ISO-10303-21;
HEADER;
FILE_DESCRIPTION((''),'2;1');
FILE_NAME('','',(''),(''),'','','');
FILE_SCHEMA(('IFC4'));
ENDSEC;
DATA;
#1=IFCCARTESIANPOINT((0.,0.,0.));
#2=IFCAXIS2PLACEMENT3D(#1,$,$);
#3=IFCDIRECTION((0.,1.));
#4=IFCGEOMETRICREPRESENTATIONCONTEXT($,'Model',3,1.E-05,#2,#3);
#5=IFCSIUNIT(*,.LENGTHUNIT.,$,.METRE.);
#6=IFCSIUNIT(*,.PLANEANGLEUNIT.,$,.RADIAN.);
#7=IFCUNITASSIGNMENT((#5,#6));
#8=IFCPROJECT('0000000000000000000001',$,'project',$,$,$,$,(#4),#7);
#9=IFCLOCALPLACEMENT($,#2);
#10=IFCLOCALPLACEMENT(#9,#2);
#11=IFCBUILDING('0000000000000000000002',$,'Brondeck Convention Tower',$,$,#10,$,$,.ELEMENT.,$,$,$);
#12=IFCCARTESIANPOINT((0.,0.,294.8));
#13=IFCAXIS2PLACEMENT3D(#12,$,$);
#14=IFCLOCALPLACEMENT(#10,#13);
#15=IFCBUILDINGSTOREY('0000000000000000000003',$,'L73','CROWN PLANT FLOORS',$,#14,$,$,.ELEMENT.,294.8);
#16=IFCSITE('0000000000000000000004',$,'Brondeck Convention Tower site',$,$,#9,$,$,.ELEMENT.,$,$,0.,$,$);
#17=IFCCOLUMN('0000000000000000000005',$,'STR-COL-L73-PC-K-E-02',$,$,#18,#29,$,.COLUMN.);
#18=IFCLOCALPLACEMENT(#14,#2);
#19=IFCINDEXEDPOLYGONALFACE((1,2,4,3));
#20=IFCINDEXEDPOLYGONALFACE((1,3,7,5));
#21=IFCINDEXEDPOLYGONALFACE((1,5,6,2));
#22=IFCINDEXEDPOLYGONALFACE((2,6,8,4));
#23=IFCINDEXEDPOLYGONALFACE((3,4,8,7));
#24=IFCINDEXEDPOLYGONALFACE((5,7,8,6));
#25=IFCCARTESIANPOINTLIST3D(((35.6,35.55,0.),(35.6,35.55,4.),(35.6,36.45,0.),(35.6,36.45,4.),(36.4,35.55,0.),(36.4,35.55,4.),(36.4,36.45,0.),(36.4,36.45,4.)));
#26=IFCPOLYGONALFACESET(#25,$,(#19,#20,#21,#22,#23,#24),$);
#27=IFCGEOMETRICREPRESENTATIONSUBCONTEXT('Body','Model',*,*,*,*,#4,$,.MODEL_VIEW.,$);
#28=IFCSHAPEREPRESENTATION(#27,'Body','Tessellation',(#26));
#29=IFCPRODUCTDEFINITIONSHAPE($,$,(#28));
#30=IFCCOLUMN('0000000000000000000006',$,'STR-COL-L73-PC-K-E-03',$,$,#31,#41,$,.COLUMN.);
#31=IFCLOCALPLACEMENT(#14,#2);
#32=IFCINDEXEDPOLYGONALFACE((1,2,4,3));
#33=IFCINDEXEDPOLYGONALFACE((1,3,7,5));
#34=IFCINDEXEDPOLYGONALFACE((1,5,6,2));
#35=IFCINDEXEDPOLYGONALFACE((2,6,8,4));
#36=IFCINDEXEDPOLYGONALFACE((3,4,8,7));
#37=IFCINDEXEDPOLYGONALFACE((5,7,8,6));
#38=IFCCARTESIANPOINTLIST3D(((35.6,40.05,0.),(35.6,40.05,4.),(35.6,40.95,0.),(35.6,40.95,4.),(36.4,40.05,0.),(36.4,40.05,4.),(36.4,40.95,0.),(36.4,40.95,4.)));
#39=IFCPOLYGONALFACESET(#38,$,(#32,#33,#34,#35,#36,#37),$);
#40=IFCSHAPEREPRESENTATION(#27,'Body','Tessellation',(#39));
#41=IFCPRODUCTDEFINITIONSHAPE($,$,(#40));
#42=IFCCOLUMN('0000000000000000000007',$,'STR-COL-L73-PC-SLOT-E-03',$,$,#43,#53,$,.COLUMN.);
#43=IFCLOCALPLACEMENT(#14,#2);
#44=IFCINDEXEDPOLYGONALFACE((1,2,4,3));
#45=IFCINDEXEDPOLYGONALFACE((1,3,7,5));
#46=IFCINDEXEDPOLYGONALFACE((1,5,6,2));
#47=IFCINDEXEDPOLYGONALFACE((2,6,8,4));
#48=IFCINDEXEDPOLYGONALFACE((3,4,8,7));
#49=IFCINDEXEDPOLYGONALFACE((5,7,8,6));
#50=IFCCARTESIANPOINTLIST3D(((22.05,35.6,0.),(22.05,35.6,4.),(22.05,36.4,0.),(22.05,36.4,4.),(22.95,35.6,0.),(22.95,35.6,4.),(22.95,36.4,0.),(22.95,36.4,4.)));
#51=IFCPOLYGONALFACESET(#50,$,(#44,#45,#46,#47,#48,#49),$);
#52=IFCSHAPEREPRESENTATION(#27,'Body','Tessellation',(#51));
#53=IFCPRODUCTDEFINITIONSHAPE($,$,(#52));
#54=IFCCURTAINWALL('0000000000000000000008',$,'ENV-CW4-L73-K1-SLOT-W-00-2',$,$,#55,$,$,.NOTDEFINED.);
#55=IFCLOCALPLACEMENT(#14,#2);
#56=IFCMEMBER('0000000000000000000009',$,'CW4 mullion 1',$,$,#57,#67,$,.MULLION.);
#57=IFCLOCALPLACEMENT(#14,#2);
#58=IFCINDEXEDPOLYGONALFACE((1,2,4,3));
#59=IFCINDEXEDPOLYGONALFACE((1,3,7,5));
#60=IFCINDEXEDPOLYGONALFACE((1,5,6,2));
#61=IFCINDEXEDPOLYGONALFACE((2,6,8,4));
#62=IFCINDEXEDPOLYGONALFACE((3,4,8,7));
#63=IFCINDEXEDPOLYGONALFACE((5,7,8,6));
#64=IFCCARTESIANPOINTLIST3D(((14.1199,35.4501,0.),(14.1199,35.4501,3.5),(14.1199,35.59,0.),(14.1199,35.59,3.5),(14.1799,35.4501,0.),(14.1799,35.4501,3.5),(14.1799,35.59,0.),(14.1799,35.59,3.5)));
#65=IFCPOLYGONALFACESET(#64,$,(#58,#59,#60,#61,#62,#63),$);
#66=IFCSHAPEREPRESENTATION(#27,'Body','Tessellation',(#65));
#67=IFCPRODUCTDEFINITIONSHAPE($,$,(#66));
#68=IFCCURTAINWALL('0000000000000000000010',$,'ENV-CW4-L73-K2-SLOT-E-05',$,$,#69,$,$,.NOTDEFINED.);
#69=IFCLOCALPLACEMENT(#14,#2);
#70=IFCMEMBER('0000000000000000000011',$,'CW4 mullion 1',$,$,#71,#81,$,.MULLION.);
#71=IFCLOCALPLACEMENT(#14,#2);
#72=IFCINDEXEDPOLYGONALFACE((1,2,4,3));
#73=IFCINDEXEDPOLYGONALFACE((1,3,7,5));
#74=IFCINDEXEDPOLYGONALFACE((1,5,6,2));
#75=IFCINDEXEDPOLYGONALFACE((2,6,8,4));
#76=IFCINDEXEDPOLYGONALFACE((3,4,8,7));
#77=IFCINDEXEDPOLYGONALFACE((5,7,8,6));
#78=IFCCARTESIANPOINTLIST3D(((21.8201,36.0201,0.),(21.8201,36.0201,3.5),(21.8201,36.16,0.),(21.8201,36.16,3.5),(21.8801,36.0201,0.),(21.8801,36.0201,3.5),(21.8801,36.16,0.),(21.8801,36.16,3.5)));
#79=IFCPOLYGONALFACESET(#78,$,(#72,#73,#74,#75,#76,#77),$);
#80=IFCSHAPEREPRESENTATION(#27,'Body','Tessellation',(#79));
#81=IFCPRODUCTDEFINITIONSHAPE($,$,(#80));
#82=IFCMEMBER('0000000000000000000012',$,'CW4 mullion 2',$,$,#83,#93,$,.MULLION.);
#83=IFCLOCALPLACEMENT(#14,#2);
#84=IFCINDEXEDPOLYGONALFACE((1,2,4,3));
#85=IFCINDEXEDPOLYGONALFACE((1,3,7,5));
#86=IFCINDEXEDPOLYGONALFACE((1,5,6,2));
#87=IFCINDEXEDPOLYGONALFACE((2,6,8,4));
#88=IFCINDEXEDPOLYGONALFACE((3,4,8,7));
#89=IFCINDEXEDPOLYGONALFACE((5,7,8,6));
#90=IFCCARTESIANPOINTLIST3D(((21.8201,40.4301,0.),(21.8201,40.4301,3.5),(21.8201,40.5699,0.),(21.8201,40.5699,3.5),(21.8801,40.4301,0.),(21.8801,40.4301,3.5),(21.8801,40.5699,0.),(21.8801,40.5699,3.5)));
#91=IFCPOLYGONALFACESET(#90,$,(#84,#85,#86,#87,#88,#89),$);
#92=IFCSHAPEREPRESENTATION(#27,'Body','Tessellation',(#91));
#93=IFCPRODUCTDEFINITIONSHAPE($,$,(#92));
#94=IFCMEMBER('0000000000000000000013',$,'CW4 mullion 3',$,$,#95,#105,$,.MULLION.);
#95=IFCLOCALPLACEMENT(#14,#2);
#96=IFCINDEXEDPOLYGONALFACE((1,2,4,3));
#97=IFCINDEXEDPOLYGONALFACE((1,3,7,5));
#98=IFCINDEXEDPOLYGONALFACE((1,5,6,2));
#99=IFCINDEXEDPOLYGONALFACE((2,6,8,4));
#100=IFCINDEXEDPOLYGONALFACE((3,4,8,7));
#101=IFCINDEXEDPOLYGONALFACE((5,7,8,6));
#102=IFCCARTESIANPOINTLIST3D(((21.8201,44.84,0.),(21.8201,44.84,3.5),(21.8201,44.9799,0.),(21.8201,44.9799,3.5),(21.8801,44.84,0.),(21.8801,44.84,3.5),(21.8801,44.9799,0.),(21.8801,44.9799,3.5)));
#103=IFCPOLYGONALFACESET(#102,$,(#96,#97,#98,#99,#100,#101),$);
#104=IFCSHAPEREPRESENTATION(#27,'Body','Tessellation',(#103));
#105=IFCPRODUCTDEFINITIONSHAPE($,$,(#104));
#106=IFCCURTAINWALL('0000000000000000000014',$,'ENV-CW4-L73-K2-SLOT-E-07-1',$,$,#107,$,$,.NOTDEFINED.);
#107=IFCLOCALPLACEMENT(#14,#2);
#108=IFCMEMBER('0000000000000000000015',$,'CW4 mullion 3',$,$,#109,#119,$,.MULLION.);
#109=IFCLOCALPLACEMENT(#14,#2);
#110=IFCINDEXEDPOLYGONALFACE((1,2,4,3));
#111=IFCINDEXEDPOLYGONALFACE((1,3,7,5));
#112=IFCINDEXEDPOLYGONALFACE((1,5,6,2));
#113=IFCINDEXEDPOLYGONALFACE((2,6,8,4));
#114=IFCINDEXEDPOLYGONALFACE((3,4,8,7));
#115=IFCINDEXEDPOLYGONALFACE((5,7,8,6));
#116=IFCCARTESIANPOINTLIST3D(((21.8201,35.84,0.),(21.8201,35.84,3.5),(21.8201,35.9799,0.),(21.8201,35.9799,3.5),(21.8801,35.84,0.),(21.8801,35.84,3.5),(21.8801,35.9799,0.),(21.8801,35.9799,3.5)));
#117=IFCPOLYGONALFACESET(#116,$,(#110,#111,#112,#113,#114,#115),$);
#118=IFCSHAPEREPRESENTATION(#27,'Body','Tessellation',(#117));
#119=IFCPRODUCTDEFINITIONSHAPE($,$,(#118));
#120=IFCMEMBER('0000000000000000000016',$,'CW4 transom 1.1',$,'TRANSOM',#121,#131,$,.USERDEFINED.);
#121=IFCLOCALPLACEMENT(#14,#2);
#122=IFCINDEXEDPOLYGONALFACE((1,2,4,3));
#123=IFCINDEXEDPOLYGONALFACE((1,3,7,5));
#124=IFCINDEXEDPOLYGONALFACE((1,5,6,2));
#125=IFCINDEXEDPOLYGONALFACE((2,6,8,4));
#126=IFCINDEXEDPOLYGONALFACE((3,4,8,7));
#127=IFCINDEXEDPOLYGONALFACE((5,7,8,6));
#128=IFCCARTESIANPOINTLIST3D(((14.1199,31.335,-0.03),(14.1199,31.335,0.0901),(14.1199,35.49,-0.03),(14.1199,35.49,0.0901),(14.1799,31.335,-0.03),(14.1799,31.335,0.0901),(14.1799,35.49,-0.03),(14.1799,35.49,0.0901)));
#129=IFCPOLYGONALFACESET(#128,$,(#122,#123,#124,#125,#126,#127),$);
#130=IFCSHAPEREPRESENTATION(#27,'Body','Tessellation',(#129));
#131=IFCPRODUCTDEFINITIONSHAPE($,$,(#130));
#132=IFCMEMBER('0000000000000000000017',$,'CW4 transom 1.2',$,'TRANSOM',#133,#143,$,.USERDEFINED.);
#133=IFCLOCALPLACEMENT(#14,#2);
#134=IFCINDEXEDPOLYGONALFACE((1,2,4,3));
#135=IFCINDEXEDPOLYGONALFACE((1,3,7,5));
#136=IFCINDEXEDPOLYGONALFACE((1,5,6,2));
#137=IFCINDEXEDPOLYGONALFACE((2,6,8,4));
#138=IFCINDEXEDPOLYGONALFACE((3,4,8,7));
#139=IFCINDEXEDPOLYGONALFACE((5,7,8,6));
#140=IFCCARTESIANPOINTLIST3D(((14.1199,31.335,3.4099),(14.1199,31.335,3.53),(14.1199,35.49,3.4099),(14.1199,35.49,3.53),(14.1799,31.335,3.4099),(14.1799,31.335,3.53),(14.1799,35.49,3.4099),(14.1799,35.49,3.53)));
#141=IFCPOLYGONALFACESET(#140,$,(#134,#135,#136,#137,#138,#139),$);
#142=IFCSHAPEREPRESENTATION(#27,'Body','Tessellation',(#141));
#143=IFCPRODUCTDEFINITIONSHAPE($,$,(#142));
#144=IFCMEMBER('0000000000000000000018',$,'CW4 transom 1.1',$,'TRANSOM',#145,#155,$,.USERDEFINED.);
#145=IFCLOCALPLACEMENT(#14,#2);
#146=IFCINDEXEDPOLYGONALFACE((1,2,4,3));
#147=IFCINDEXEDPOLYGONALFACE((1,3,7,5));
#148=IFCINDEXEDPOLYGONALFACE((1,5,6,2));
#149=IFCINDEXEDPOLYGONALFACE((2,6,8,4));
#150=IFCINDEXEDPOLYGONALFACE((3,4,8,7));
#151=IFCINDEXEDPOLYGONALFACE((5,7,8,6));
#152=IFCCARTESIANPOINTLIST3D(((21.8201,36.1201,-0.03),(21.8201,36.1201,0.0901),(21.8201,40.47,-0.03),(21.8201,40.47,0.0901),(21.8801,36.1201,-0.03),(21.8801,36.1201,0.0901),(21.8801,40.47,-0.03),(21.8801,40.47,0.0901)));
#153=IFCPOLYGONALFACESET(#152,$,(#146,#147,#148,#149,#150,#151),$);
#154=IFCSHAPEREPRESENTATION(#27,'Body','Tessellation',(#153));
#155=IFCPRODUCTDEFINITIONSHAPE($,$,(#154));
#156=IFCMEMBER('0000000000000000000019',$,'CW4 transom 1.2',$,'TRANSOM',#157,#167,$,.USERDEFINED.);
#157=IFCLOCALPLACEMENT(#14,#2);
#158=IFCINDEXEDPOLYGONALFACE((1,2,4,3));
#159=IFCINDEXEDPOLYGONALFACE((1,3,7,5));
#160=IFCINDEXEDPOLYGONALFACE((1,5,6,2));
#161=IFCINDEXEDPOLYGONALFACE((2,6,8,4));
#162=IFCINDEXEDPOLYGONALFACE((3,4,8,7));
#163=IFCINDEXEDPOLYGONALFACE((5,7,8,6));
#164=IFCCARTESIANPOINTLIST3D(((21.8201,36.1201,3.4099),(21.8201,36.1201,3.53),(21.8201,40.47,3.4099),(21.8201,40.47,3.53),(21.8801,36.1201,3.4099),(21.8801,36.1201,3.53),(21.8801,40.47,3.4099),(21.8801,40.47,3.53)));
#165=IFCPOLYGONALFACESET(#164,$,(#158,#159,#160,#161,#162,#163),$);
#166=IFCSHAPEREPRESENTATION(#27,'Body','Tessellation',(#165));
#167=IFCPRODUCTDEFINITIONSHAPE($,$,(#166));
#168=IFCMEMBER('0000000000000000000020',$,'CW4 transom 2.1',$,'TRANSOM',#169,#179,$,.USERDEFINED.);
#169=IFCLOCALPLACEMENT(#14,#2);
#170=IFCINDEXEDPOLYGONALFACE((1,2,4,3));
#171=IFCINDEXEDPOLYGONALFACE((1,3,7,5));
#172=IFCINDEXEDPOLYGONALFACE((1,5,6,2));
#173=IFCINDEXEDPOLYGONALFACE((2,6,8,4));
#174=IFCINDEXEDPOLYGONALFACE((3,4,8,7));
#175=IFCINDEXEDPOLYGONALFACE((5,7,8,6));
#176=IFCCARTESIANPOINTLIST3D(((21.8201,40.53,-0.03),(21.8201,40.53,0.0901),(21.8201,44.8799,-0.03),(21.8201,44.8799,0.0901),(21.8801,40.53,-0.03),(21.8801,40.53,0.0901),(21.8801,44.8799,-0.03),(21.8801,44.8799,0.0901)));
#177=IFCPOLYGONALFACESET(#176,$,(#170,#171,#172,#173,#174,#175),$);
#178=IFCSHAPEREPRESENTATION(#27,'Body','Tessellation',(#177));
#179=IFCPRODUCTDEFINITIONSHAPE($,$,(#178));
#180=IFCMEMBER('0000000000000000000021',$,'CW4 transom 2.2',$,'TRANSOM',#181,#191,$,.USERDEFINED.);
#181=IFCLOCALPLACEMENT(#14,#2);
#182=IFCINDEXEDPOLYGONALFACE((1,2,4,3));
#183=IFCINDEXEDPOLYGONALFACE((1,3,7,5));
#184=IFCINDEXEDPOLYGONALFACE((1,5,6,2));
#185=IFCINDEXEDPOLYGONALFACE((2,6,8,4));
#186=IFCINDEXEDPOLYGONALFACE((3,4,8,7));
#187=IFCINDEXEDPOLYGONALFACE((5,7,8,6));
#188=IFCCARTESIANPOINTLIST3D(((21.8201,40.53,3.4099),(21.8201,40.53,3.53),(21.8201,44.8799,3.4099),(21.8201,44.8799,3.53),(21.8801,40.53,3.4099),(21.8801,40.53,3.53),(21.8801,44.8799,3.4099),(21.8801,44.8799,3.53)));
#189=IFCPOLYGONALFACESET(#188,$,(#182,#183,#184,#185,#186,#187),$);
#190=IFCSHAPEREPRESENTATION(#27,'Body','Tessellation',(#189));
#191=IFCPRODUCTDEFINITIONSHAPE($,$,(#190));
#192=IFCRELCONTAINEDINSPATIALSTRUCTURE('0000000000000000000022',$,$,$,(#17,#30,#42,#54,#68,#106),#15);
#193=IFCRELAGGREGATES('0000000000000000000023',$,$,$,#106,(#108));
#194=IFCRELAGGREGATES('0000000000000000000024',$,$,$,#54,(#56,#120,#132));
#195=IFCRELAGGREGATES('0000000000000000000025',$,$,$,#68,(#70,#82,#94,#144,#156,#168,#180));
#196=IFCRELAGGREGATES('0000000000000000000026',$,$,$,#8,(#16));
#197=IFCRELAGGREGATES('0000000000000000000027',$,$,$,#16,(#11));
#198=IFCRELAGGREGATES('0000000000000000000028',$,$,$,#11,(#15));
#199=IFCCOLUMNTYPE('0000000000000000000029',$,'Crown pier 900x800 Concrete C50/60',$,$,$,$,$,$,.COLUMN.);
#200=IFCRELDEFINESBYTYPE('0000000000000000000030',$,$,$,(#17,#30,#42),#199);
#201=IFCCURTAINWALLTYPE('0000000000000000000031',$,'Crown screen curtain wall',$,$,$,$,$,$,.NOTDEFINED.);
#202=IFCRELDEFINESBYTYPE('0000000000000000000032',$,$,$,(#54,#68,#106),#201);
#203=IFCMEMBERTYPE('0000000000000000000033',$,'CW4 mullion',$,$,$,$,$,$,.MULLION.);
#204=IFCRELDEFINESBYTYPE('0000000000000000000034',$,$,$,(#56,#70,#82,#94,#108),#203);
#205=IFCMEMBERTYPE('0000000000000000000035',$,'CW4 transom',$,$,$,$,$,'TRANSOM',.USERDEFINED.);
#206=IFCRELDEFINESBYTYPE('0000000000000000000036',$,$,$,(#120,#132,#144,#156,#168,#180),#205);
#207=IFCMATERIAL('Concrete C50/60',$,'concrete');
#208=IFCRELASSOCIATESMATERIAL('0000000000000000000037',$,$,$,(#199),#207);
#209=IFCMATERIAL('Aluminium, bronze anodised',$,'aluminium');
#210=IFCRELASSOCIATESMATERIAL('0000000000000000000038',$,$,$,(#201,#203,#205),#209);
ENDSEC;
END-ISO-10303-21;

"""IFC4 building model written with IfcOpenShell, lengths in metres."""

from ifc_helpers import new_model, si_unit, direction, frame, origin, origin_2d, place, context, subcontext, project, spatial, rectangle, extrude, material, material_profile, profile_set, type_object, element, aggregate, save


model = new_model("IFC4")

# Units and contexts
model_context = context("Model", 3, precision=1e-05, world=origin(), true_north=direction((0.0, 1.0)))
body_context = subcontext(model_context, "Body", "Model", "MODEL_VIEW")
ifc_project = project(units=[si_unit("LENGTHUNIT", "METRE"), si_unit("PLANEANGLEUNIT", "RADIAN")], contexts=[model_context])

# Site, building, storey
site_placement = place(None, origin())
site = spatial("IfcSite", under=ifc_project, at=site_placement, Name="Brondeck Convention Tower site", CompositionType="ELEMENT", RefElevation=0.0)
building_placement = place(site_placement, origin())
building = spatial("IfcBuilding", under=site, at=building_placement, Name="Brondeck Convention Tower", CompositionType="ELEMENT")
storey_placement = place(building_placement, frame((0.0, 0.0, 294.8)))
storey = spatial("IfcBuildingStorey", under=building, at=storey_placement, Name="L73", Description="CROWN PLANT FLOORS", CompositionType="ELEMENT", Elevation=294.8)

# Columns
ifc_material_1 = material(Name="Concrete C50/60", Category="concrete")
ifc_material_profile_1 = material_profile(ifc_material_1, rectangle(XDim=0.8999, YDim=0.8, at=origin_2d()), Name="Crown pier 900x800 Concrete C50/60")
ifc_profile_set_1 = profile_set([ifc_material_profile_1], Name="Concrete C50/60")
column_type = type_object("IfcColumnType", Name="Crown pier 900x800 Concrete C50/60", PredefinedType="COLUMN", material=ifc_profile_set_1)
for number, where, z_axis, x_axis, name in (
    (1, (36.0, 36.0, 0.0), (0.0, 0.0, 1.0), (0.0, 1.0, 0.0), "STR-COL-L73-PC-K-E-02"),
    (2, (36.0, 40.5, 0.0), (0.0, 0.0, 1.0), (0.0, 1.0, 0.0), "STR-COL-L73-PC-K-E-03"),
    (3, (22.5, 36.0, 0.0), (0.0, 0.0, 1.0), (1.0, 0.0, 0.0), "STR-COL-L73-PC-SLOT-E-03"),
):
    element("IfcColumn", number, at=place(storey_placement, frame(where, z_axis=z_axis, x_axis=x_axis)), inside=storey, type_object=column_type, Name=name, PredefinedType="COLUMN", context=body_context, shape_type="SweptSolid", body=[
        extrude(rectangle(XDim=0.8999, YDim=0.8, at=origin_2d()), origin(), (0.0, 0.0, 1.0), 4.0),
    ])

# Curtain wall, member
ifc_material_2 = material(Name="Aluminium, bronze anodised", Category="aluminium")
curtain_wall_type = type_object("IfcCurtainWallType", Name="Crown screen curtain wall", PredefinedType="NOTDEFINED", material=ifc_material_2)
curtain_wall_1_placement = place(storey_placement, origin())
curtain_wall_1 = element("IfcCurtainWall", 4, at=curtain_wall_1_placement, inside=storey, type_object=curtain_wall_type, Name="ENV-CW4-L73-K1-SLOT-W-00-2", PredefinedType="NOTDEFINED")
ifc_material_profile_2 = material_profile(ifc_material_2, rectangle(XDim=0.0601, YDim=0.1399, at=origin_2d()), Name="CW4 mullion")
ifc_profile_set_2 = profile_set([ifc_material_profile_2], Name="Aluminium, bronze anodised")
member_type_1 = type_object("IfcMemberType", Name="CW4 mullion", PredefinedType="MULLION", material=ifc_profile_set_2)
member_1_placement = place(storey_placement, frame((14.1499, 35.52, 0.0), z_axis=(0.0, 0.0, 1.0), x_axis=(1.0, 0.0, 0.0)))
member_1 = element("IfcMember", 5, at=member_1_placement, type_object=member_type_1, Name="CW4 mullion 1", PredefinedType="MULLION", context=body_context, shape_type="SweptSolid", body=[
    extrude(rectangle(XDim=0.0601, YDim=0.1399, at=origin_2d()), origin(), (0.0, 0.0, 1.0), 3.5),
])

# Curtain wall, members
curtain_wall_2_placement = place(storey_placement, origin())
curtain_wall_2 = element("IfcCurtainWall", 6, at=curtain_wall_2_placement, inside=storey, type_object=curtain_wall_type, Name="ENV-CW4-L73-K2-SLOT-E-05", PredefinedType="NOTDEFINED")
member_2_placement = place(storey_placement, frame((21.8501, 36.0901, 0.0), z_axis=(0.0, 0.0, 1.0), x_axis=(-1.0, 0.0, 0.0)))
member_2 = element("IfcMember", 7, at=member_2_placement, type_object=member_type_1, Name="CW4 mullion 1", PredefinedType="MULLION", context=body_context, shape_type="SweptSolid", body=[
    extrude(rectangle(XDim=0.0601, YDim=0.1399, at=origin_2d()), origin(), (0.0, 0.0, 1.0), 3.5),
])
member_3_placement = place(storey_placement, frame((21.8501, 40.5, 0.0), z_axis=(0.0, 0.0, 1.0), x_axis=(-1.0, 0.0, 0.0)))
member_3 = element("IfcMember", 8, at=member_3_placement, type_object=member_type_1, Name="CW4 mullion 2", PredefinedType="MULLION", context=body_context, shape_type="SweptSolid", body=[
    extrude(rectangle(XDim=0.0601, YDim=0.1399, at=origin_2d()), origin(), (0.0, 0.0, 1.0), 3.5),
])
member_4_placement = place(storey_placement, frame((21.8501, 44.9099, 0.0), z_axis=(0.0, 0.0, 1.0), x_axis=(-1.0, 0.0, 0.0)))
member_4 = element("IfcMember", 9, at=member_4_placement, type_object=member_type_1, Name="CW4 mullion 3", PredefinedType="MULLION", context=body_context, shape_type="SweptSolid", body=[
    extrude(rectangle(XDim=0.0601, YDim=0.1399, at=origin_2d()), origin(), (0.0, 0.0, 1.0), 3.5),
])

# Curtain wall, member
curtain_wall_3_placement = place(storey_placement, origin())
curtain_wall_3 = element("IfcCurtainWall", 10, at=curtain_wall_3_placement, inside=storey, type_object=curtain_wall_type, Name="ENV-CW4-L73-K2-SLOT-E-07-1", PredefinedType="NOTDEFINED")
member_5_placement = place(storey_placement, frame((21.8501, 35.9099, 0.0), z_axis=(0.0, 0.0, 1.0), x_axis=(-1.0, 0.0, 0.0)))
member_5 = element("IfcMember", 11, at=member_5_placement, type_object=member_type_1, Name="CW4 mullion 3", PredefinedType="MULLION", context=body_context, shape_type="SweptSolid", body=[
    extrude(rectangle(XDim=0.0601, YDim=0.1399, at=origin_2d()), origin(), (0.0, 0.0, 1.0), 3.5),
])
aggregate(curtain_wall_3, [member_5])

# Members
ifc_material_profile_3 = material_profile(ifc_material_2, rectangle(XDim=0.0601, YDim=0.1201, at=origin_2d()), Name="CW4 transom")
ifc_profile_set_3 = profile_set([ifc_material_profile_3], Name="Aluminium, bronze anodised")
member_type_2 = type_object("IfcMemberType", Name="CW4 transom", ElementType="TRANSOM", PredefinedType="USERDEFINED", material=ifc_profile_set_3)
member_6_placement = place(storey_placement, frame((14.1499, 35.49, 0.03), z_axis=(0.0, -1.0, 0.0), x_axis=(1.0, 0.0, 0.0)))
member_6 = element("IfcMember", 12, at=member_6_placement, type_object=member_type_2, Name="CW4 transom 1.1", ObjectType="TRANSOM", PredefinedType="USERDEFINED", context=body_context, shape_type="SweptSolid", body=[
    extrude(rectangle(XDim=0.0601, YDim=0.1201, at=origin_2d()), origin(), (0.0, 0.0, 1.0), 4.155),
])
member_7_placement = place(storey_placement, frame((14.1499, 35.49, 3.47), z_axis=(0.0, -1.0, 0.0), x_axis=(1.0, 0.0, 0.0)))
member_7 = element("IfcMember", 13, at=member_7_placement, type_object=member_type_2, Name="CW4 transom 1.2", ObjectType="TRANSOM", PredefinedType="USERDEFINED", context=body_context, shape_type="SweptSolid", body=[
    extrude(rectangle(XDim=0.0601, YDim=0.1201, at=origin_2d()), origin(), (0.0, 0.0, 1.0), 4.155),
])
aggregate(curtain_wall_1, [member_1, member_6, member_7])
member_8_placement = place(storey_placement, frame((21.8501, 36.1201, 0.03), z_axis=(0.0, 1.0, 0.0), x_axis=(-1.0, 0.0, 0.0)))
member_8 = element("IfcMember", 14, at=member_8_placement, type_object=member_type_2, Name="CW4 transom 1.1", ObjectType="TRANSOM", PredefinedType="USERDEFINED", context=body_context, shape_type="SweptSolid", body=[
    extrude(rectangle(XDim=0.0601, YDim=0.1201, at=origin_2d()), origin(), (0.0, 0.0, 1.0), 4.3499),
])
member_9_placement = place(storey_placement, frame((21.8501, 36.1201, 3.47), z_axis=(0.0, 1.0, 0.0), x_axis=(-1.0, 0.0, 0.0)))
member_9 = element("IfcMember", 15, at=member_9_placement, type_object=member_type_2, Name="CW4 transom 1.2", ObjectType="TRANSOM", PredefinedType="USERDEFINED", context=body_context, shape_type="SweptSolid", body=[
    extrude(rectangle(XDim=0.0601, YDim=0.1201, at=origin_2d()), origin(), (0.0, 0.0, 1.0), 4.3499),
])
member_10_placement = place(storey_placement, frame((21.8501, 40.53, 0.03), z_axis=(0.0, 1.0, 0.0), x_axis=(-1.0, 0.0, 0.0)))
member_10 = element("IfcMember", 16, at=member_10_placement, type_object=member_type_2, Name="CW4 transom 2.1", ObjectType="TRANSOM", PredefinedType="USERDEFINED", context=body_context, shape_type="SweptSolid", body=[
    extrude(rectangle(XDim=0.0601, YDim=0.1201, at=origin_2d()), origin(), (0.0, 0.0, 1.0), 4.3499),
])
member_11_placement = place(storey_placement, frame((21.8501, 40.53, 3.47), z_axis=(0.0, 1.0, 0.0), x_axis=(-1.0, 0.0, 0.0)))
member_11 = element("IfcMember", 17, at=member_11_placement, type_object=member_type_2, Name="CW4 transom 2.2", ObjectType="TRANSOM", PredefinedType="USERDEFINED", context=body_context, shape_type="SweptSolid", body=[
    extrude(rectangle(XDim=0.0601, YDim=0.1201, at=origin_2d()), origin(), (0.0, 0.0, 1.0), 4.3499),
])

aggregate(curtain_wall_2, [member_2, member_3, member_4, member_8, member_9, member_10, member_11])

save(model, "model.ifc")
